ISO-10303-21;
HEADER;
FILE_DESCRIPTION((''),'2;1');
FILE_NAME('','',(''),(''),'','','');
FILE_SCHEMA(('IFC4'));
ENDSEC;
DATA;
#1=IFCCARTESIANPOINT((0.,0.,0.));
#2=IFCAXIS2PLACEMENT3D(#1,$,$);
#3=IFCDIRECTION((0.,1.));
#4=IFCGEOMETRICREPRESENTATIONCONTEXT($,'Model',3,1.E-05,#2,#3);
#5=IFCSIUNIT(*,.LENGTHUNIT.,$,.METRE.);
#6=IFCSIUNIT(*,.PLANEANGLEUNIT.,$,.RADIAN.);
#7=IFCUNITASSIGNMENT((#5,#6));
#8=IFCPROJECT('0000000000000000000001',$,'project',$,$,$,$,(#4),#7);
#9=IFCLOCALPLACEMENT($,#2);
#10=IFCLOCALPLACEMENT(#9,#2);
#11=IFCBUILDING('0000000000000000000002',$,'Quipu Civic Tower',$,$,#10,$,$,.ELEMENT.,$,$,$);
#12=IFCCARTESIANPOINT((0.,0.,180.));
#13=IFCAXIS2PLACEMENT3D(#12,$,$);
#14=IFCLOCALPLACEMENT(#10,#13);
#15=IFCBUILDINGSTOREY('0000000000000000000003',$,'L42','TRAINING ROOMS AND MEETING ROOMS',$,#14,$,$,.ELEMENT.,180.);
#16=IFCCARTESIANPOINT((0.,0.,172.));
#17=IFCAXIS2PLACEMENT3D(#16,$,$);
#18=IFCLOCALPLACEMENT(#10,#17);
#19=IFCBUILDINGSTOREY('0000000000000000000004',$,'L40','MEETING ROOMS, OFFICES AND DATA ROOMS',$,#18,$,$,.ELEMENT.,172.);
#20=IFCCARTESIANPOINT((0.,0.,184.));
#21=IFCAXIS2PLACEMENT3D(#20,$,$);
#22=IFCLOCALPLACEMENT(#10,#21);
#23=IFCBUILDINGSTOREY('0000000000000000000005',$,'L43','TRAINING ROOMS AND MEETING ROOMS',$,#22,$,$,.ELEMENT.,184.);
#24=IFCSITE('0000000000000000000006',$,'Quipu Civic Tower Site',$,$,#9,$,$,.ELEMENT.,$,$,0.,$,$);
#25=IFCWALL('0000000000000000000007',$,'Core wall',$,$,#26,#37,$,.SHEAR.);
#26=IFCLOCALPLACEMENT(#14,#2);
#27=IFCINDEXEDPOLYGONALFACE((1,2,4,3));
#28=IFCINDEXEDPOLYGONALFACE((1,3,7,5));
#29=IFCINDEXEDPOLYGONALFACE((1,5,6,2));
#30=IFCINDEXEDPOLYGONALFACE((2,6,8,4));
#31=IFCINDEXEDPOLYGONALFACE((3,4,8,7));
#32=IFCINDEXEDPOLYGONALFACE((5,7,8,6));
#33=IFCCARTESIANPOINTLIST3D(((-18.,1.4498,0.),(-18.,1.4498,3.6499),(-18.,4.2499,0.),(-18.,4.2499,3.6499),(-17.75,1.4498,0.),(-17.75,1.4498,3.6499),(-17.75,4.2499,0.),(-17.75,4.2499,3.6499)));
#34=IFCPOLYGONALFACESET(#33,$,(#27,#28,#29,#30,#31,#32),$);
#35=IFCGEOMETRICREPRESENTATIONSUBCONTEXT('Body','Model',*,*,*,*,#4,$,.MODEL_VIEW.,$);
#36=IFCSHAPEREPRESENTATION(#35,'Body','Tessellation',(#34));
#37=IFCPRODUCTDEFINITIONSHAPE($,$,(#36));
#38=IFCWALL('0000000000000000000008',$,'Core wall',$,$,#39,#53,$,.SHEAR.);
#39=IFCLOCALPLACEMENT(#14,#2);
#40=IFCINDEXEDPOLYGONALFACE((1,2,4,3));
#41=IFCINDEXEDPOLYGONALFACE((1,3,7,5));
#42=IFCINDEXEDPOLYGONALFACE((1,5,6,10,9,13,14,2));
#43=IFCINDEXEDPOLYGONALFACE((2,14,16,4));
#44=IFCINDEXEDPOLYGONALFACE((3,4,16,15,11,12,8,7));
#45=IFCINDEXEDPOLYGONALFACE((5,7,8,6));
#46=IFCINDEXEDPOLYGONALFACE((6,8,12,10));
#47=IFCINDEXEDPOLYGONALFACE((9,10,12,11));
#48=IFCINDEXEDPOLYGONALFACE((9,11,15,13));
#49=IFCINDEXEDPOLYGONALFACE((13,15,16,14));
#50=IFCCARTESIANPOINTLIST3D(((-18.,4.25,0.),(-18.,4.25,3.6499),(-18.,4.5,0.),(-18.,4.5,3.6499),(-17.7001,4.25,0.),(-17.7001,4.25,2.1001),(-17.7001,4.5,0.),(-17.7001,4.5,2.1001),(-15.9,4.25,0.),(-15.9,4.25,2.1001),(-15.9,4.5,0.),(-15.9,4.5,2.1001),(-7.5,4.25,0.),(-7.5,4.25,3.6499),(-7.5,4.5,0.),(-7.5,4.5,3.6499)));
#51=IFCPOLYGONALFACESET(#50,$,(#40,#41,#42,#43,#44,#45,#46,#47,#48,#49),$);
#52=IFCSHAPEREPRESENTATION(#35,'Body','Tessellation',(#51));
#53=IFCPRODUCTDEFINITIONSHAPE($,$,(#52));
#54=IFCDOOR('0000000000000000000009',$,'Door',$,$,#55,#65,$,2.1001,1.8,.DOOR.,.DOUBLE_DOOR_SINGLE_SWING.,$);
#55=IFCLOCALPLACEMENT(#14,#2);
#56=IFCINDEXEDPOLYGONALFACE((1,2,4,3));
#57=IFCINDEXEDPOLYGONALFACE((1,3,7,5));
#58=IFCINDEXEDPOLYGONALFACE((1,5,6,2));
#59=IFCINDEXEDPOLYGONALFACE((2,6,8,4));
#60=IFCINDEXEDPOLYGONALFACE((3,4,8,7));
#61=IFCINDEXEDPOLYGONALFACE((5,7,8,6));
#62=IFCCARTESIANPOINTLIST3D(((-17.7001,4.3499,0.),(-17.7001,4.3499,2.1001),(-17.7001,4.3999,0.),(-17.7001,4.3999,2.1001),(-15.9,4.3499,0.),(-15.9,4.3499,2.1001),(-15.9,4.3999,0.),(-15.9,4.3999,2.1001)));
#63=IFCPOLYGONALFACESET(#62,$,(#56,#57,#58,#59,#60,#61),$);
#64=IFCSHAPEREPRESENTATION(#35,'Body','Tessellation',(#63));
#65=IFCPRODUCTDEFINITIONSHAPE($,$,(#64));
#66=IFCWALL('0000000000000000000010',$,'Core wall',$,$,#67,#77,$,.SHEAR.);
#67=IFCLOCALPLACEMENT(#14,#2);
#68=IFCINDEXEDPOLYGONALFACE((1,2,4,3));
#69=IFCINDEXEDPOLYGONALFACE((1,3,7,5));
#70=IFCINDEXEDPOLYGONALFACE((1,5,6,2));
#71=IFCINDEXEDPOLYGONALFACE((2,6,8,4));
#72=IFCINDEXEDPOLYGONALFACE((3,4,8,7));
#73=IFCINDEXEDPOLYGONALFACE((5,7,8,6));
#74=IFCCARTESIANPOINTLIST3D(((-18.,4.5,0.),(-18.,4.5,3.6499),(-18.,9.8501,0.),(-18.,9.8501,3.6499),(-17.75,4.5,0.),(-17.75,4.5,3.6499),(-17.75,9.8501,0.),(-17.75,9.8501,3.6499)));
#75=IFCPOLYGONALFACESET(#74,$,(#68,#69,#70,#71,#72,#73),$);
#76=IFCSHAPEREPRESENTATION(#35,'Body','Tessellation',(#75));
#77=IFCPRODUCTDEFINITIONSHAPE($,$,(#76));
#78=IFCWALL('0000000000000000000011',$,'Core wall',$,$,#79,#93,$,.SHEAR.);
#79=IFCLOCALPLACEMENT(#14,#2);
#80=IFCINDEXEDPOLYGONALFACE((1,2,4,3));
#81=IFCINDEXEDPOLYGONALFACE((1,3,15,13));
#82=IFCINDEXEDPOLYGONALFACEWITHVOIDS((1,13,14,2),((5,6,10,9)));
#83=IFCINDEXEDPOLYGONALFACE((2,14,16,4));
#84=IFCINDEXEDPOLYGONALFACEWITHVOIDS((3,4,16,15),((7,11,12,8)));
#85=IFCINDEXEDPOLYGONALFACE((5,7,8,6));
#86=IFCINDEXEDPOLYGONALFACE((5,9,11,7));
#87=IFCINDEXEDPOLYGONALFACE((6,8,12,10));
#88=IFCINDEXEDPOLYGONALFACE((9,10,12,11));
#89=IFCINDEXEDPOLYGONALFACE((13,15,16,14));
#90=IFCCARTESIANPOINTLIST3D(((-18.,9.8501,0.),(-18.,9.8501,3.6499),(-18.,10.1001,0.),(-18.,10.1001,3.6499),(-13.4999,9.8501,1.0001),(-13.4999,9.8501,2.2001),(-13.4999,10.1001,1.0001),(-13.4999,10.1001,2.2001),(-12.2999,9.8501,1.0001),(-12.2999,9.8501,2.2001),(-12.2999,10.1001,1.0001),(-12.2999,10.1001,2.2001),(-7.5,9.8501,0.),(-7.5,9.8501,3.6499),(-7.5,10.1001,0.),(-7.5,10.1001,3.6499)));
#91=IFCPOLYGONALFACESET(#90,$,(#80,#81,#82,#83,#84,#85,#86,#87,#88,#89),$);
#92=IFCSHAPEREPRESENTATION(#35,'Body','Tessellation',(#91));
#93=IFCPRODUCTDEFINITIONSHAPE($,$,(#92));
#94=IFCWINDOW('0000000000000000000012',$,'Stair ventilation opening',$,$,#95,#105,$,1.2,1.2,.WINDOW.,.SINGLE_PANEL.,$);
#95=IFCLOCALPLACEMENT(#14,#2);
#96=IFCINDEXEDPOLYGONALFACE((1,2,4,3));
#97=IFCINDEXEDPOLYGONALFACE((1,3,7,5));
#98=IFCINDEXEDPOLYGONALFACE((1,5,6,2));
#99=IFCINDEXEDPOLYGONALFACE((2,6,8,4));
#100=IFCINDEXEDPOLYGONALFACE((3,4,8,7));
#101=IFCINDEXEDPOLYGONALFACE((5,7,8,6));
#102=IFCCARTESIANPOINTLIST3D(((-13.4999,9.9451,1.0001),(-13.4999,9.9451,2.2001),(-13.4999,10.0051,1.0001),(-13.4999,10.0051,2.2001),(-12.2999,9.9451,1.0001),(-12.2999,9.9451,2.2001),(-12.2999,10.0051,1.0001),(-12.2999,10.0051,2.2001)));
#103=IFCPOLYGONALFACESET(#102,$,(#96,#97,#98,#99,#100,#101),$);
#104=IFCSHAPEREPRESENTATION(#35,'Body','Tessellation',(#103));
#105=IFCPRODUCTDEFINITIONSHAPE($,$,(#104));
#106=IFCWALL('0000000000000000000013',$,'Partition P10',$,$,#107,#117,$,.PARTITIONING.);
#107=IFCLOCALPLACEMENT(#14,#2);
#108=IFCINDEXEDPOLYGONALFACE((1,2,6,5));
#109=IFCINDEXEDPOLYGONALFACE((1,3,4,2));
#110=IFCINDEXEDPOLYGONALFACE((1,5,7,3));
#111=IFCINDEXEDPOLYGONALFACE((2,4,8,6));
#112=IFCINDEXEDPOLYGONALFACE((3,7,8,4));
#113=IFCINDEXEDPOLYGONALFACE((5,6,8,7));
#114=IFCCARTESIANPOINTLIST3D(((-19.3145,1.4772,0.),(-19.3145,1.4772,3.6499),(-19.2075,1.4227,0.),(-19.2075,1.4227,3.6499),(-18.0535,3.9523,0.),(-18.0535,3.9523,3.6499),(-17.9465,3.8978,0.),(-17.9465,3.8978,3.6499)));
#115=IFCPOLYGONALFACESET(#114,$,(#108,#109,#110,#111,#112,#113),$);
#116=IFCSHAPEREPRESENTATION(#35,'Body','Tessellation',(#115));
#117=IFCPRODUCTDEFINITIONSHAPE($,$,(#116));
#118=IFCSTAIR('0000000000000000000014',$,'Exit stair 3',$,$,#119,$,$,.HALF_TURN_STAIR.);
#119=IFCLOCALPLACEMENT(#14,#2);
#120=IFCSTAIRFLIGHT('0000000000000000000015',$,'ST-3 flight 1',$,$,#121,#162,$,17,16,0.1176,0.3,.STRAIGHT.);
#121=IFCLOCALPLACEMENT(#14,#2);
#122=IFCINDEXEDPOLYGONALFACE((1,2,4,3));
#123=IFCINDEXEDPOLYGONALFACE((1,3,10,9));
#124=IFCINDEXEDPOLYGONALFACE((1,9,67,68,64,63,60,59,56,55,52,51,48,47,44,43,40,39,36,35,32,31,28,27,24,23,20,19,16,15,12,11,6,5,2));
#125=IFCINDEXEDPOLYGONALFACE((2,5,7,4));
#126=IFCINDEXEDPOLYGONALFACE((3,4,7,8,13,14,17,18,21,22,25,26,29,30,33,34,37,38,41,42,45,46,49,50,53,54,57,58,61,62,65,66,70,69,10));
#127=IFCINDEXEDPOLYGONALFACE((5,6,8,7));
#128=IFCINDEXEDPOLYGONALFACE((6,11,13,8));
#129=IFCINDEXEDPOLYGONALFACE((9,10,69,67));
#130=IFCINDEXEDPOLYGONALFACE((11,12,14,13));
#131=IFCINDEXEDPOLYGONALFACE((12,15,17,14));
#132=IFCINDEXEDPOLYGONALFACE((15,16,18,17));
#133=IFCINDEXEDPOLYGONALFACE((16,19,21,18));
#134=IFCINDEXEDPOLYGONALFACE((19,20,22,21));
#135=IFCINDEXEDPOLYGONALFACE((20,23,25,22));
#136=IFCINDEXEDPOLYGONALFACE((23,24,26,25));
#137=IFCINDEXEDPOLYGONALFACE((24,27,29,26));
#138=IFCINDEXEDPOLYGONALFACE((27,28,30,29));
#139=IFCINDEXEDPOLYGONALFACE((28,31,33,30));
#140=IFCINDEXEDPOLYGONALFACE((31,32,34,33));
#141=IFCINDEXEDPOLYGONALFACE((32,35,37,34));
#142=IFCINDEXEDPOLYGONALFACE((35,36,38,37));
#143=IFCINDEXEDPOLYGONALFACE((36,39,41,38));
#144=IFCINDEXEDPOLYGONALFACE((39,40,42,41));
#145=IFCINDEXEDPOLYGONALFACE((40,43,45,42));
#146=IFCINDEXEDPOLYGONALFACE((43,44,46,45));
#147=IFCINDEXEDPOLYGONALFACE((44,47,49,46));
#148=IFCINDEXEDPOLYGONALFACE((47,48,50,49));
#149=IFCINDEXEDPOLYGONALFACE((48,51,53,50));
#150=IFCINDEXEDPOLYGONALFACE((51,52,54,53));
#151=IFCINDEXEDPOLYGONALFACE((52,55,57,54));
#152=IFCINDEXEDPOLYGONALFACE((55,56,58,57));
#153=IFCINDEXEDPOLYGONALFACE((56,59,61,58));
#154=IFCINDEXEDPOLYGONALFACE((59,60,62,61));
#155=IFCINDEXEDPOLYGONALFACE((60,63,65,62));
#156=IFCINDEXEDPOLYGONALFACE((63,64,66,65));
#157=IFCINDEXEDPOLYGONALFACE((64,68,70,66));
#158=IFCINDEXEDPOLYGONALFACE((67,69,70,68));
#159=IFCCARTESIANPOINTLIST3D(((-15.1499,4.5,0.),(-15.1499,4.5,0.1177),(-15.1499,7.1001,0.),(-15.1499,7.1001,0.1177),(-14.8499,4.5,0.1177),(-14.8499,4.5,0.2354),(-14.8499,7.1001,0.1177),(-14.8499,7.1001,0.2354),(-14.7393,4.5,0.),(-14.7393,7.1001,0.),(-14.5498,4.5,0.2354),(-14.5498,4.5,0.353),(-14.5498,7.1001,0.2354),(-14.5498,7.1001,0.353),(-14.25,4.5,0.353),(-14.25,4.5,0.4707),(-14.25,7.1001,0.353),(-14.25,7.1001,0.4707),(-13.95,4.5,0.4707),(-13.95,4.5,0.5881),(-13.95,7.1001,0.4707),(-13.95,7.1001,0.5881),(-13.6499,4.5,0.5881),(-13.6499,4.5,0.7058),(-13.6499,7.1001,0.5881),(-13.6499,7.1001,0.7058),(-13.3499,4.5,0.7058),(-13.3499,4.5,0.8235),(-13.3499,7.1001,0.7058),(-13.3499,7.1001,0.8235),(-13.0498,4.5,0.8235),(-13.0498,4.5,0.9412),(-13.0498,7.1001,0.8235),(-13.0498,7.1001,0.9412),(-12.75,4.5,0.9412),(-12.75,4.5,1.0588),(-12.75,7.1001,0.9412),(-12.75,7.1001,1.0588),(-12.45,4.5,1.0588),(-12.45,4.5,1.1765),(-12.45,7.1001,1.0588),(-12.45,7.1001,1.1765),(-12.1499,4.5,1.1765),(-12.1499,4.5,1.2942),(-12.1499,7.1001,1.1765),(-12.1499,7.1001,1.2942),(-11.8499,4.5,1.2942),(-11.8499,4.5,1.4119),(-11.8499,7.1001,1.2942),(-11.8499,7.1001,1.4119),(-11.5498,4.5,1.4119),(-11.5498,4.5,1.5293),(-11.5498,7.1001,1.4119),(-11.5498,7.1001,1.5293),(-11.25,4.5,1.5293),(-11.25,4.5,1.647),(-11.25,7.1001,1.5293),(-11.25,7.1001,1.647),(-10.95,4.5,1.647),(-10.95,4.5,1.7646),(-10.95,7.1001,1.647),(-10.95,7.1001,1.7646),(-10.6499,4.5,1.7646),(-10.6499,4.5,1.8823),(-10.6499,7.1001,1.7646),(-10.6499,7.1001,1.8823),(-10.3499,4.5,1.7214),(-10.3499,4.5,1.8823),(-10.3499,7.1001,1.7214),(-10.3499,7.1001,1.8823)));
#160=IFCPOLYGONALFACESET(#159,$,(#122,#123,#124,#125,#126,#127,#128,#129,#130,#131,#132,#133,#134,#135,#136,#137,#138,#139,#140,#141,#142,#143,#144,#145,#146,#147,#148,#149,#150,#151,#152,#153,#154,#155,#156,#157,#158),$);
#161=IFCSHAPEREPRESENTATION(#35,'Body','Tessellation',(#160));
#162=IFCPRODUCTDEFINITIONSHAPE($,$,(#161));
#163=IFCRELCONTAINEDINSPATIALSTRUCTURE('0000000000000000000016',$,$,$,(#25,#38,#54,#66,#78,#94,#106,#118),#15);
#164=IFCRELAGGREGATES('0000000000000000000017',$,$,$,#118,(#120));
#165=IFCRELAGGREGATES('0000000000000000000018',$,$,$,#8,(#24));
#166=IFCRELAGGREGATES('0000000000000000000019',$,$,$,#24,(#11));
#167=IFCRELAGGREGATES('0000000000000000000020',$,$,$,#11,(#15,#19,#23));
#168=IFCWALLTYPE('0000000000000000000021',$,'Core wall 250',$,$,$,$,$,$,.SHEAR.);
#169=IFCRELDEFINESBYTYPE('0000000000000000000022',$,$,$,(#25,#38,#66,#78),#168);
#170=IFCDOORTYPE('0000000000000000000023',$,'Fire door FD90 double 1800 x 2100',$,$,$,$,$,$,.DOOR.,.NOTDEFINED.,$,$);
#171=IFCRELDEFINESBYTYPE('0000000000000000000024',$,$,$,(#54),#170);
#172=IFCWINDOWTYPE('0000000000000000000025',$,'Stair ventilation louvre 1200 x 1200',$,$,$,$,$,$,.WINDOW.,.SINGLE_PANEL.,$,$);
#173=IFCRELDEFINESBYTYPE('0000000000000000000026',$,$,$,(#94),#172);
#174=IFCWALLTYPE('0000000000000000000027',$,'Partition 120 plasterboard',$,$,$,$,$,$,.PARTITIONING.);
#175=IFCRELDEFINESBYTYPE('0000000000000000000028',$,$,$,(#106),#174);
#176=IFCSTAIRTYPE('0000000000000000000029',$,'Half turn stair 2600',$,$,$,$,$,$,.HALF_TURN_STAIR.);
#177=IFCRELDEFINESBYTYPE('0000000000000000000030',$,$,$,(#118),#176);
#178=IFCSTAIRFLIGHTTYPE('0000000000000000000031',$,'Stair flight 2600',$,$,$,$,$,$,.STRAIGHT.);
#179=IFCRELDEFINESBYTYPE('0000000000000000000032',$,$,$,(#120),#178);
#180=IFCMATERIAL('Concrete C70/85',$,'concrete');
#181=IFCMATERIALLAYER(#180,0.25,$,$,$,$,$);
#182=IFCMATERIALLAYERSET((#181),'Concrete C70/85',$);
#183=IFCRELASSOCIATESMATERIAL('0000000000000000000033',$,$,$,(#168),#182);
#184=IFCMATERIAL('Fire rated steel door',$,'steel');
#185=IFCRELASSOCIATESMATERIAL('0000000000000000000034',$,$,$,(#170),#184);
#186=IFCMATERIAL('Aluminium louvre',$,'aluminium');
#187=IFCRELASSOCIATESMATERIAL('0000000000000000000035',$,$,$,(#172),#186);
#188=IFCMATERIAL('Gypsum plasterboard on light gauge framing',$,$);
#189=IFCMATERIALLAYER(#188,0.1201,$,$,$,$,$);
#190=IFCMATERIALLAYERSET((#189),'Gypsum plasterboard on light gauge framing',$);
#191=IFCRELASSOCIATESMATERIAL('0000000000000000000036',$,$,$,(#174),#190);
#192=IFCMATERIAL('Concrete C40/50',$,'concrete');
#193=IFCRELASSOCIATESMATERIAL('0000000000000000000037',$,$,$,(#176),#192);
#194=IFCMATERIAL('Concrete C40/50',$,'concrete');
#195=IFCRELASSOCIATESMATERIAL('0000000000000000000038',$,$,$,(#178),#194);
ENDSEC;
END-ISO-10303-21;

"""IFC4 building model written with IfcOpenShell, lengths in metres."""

from ifc_helpers import new_model, si_unit, direction, frame, frame_2d, origin, place, context, subcontext, project, spatial, polyline, rectangle, outline, extrude, material, layer, layer_set, type_object, element, fill, aggregate, save


model = new_model("IFC4")

# Units and contexts
model_context = context("Model", 3, precision=1e-05, world=origin(), true_north=direction((0.0, 1.0)))
body_context = subcontext(model_context, "Body", "Model", "MODEL_VIEW")
ifc_project = project(units=[si_unit("LENGTHUNIT", "METRE"), si_unit("PLANEANGLEUNIT", "RADIAN")], contexts=[model_context])

# Site, building, storey
site_placement = place(None, origin())
site = spatial("IfcSite", under=ifc_project, at=site_placement, Name="Quipu Civic Tower Site", CompositionType="ELEMENT", RefElevation=0.0)
building_placement = place(site_placement, origin())
building = spatial("IfcBuilding", under=site, at=building_placement, Name="Quipu Civic Tower", CompositionType="ELEMENT")
storey_1_placement = place(building_placement, frame((0.0, 0.0, 180.0)))
storey_1 = spatial("IfcBuildingStorey", under=building, at=storey_1_placement, Name="L42", Description="TRAINING ROOMS AND MEETING ROOMS", CompositionType="ELEMENT", Elevation=180.0)

# Shared definitions
storey_2_placement = place(building_placement, frame((0.0, 0.0, 172.0)))
storey_2 = spatial("IfcBuildingStorey", under=building, at=storey_2_placement, Name="L40", Description="MEETING ROOMS, OFFICES AND DATA ROOMS", CompositionType="ELEMENT", Elevation=172.0)

# Shared definitions
storey_3_placement = place(building_placement, frame((0.0, 0.0, 184.0)))
storey_3 = spatial("IfcBuildingStorey", under=building, at=storey_3_placement, Name="L43", Description="TRAINING ROOMS AND MEETING ROOMS", CompositionType="ELEMENT", Elevation=184.0)

# Wall
ifc_material_1 = material(Name="Concrete C70/85", Category="concrete")
ifc_layer_1 = layer(ifc_material_1, 0.25)
ifc_layer_set_1 = layer_set([ifc_layer_1], Name="Concrete C70/85")
wall_type_1 = type_object("IfcWallType", Name="Core wall 250", PredefinedType="SHEAR", material=ifc_layer_set_1)
wall_1_placement = place(storey_1_placement, frame((-17.875, 1.45, 0.0), z_axis=(0.0, 0.0, 1.0), x_axis=(0.0, 1.0, 0.0)))
element("IfcWall", 1, at=wall_1_placement, inside=storey_1, type_object=wall_type_1, Name="Core wall", PredefinedType="SHEAR", context=body_context, shape_type="SweptSolid", body=[
    extrude(rectangle(XDim=2.8, YDim=0.25, at=frame_2d((1.3999, 0.0))), origin(), (0.0, 0.0, 1.0), 3.6499),
])

# Wall, opening, door
wall_2_placement = place(storey_1_placement, frame((-18.0, 4.375, 0.0), z_axis=(0.0, 0.0, 1.0), x_axis=(1.0, 0.0, 0.0)))
wall_2 = element("IfcWall", 2, at=wall_2_placement, inside=storey_1, type_object=wall_type_1, Name="Core wall", PredefinedType="SHEAR", context=body_context, shape_type="SweptSolid", body=[
    extrude(rectangle(XDim=10.5, YDim=0.25, at=frame_2d((5.25, 0.0))), origin(), (0.0, 0.0, 1.0), 3.6499),
])
opening_1_placement = place(wall_2_placement, frame((0.3, 0.0, 0.0)))
opening_1 = element("IfcOpeningElement", 3, at=opening_1_placement, cuts=wall_2, PredefinedType="OPENING", context=body_context, shape_type="SweptSolid", body=[
    extrude(rectangle(XDim=1.8, YDim=2.1001, at=frame_2d((0.8999, 1.05))), frame((0.0, 0.135, 0.0), z_axis=(0.0, -1.0, 0.0), x_axis=(1.0, 0.0, 0.0)), (0.0, 0.0, 1.0), 0.27),
])
ifc_material_2 = material(Name="Fire rated steel door", Category="steel")
door_type = type_object("IfcDoorType", Name="Fire door FD90 double 1800 x 2100", OperationType="NOTDEFINED", PredefinedType="DOOR", material=ifc_material_2)
door_placement = place(opening_1_placement, origin())
door = element("IfcDoor", 4, at=door_placement, inside=storey_1, type_object=door_type, Name="Door", OperationType="DOUBLE_DOOR_SINGLE_SWING", OverallHeight=2.1001, OverallWidth=1.8, PredefinedType="DOOR", context=body_context, shape_type="SweptSolid", body=[
    extrude(rectangle(XDim=1.8, YDim=2.1001, at=frame_2d((0.8999, 1.05))), frame((0.0, 0.0249, 0.0), z_axis=(0.0, -1.0, 0.0), x_axis=(1.0, 0.0, 0.0)), (0.0, 0.0, 1.0), 0.05),
])
fill(opening_1, door)

# Wall
wall_3_placement = place(storey_1_placement, frame((-17.875, 4.5, 0.0), z_axis=(0.0, 0.0, 1.0), x_axis=(0.0, 1.0, 0.0)))
element("IfcWall", 5, at=wall_3_placement, inside=storey_1, type_object=wall_type_1, Name="Core wall", PredefinedType="SHEAR", context=body_context, shape_type="SweptSolid", body=[
    extrude(rectangle(XDim=5.3501, YDim=0.25, at=frame_2d((2.675, 0.0))), origin(), (0.0, 0.0, 1.0), 3.6499),
])

# Wall, opening, window
wall_4_placement = place(storey_1_placement, frame((-18.0, 9.9751, 0.0), z_axis=(0.0, 0.0, 1.0), x_axis=(1.0, 0.0, 0.0)))
wall_4 = element("IfcWall", 6, at=wall_4_placement, inside=storey_1, type_object=wall_type_1, Name="Core wall", PredefinedType="SHEAR", context=body_context, shape_type="SweptSolid", body=[
    extrude(rectangle(XDim=10.5, YDim=0.25, at=frame_2d((5.25, 0.0))), origin(), (0.0, 0.0, 1.0), 3.6499),
])
opening_2_placement = place(wall_4_placement, frame((4.5, 0.0, 1.0)))
opening_2 = element("IfcOpeningElement", 7, at=opening_2_placement, cuts=wall_4, PredefinedType="OPENING", context=body_context, shape_type="SweptSolid", body=[
    extrude(rectangle(XDim=1.2, YDim=1.2, at=frame_2d((0.6001, 0.6001))), frame((0.0, 0.135, 0.0), z_axis=(0.0, -1.0, 0.0), x_axis=(1.0, 0.0, 0.0)), (0.0, 0.0, 1.0), 0.27),
])
ifc_material_3 = material(Name="Aluminium louvre", Category="aluminium")
window_type = type_object("IfcWindowType", Name="Stair ventilation louvre 1200 x 1200", PartitioningType="SINGLE_PANEL", PredefinedType="WINDOW", material=ifc_material_3)
window_placement = place(opening_2_placement, origin())
window = element("IfcWindow", 8, at=window_placement, inside=storey_1, type_object=window_type, Name="Stair ventilation opening", OverallHeight=1.2, OverallWidth=1.2, PartitioningType="SINGLE_PANEL", PredefinedType="WINDOW", context=body_context, shape_type="SweptSolid", body=[
    extrude(rectangle(XDim=1.2, YDim=1.2, at=frame_2d((0.6001, 0.6001))), frame((0.0, 0.03, 0.0), z_axis=(0.0, -1.0, 0.0), x_axis=(1.0, 0.0, 0.0)), (0.0, 0.0, 1.0), 0.0601),
])
fill(opening_2, window)

# Wall
ifc_material_4 = material(Name="Gypsum plasterboard on light gauge framing")
ifc_layer_2 = layer(ifc_material_4, 0.1201)
ifc_layer_set_2 = layer_set([ifc_layer_2], Name="Gypsum plasterboard on light gauge framing")
wall_type_2 = type_object("IfcWallType", Name="Partition 120 plasterboard", PredefinedType="PARTITIONING", material=ifc_layer_set_2)
wall_5_placement = place(storey_1_placement, frame((-19.261, 1.45, 0.0), z_axis=(0.0, 0.0, 1.0), x_axis=(0.453951, 0.891027, 0.0)))
element("IfcWall", 9, at=wall_5_placement, inside=storey_1, type_object=wall_type_2, Name="Partition P10", PredefinedType="PARTITIONING", context=body_context, shape_type="SweptSolid", body=[
    extrude(rectangle(XDim=2.7778, YDim=0.1201, at=frame_2d((1.3889, 0.0))), origin(), (0.0, 0.0, 1.0), 3.6499),
])

# Stair, stair flight
ifc_material_5 = material(Name="Concrete C40/50", Category="concrete")
stair_type = type_object("IfcStairType", Name="Half turn stair 2600", PredefinedType="HALF_TURN_STAIR", material=ifc_material_5)
stair_placement = place(storey_1_placement, origin())
stair = element("IfcStair", 10, at=stair_placement, inside=storey_1, type_object=stair_type, Name="Exit stair 3", PredefinedType="HALF_TURN_STAIR")
ifc_material_6 = material(Name="Concrete C40/50", Category="concrete")
stair_flight_type = type_object("IfcStairFlightType", Name="Stair flight 2600", PredefinedType="STRAIGHT", material=ifc_material_6)
stair_flight_placement = place(storey_1_placement, frame((-15.1499, 5.8, 0.0), z_axis=(0.0, 0.0, 1.0), x_axis=(1.0, 0.0, 0.0)))
stair_flight = element("IfcStairFlight", 11, at=stair_flight_placement, type_object=stair_flight_type, Name="ST-3 flight 1", NumberOfRisers=17, NumberOfTreads=16, PredefinedType="STRAIGHT", RiserHeight=0.1176, TreadLength=0.3, context=body_context, shape_type="SweptSolid", body=[
    extrude(outline(polyline([(0.0, 0.0), (0.0, 0.1177), (0.3, 0.1177), (0.3, 0.2354), (0.6001, 0.2354), (0.6001, 0.353), (0.8999, 0.353), (0.8999, 0.4707), (1.2, 0.4707), (1.2, 0.5881), (1.5, 0.5881), (1.5, 0.7058), (1.8, 0.7058), (1.8, 0.8235), (2.1001, 0.8235), (2.1001, 0.9412), (2.3999, 0.9412), (2.3999, 1.0588), (2.7, 1.0588), (2.7, 1.1765), (3.0, 1.1765), (3.0, 1.2942), (3.3, 1.2942), (3.3, 1.4119), (3.6001, 1.4119), (3.6001, 1.5293), (3.8999, 1.5293), (3.8999, 1.647), (4.2, 1.647), (4.2, 1.7646), (4.5, 1.7646), (4.5, 1.8823), (4.8, 1.8823), (4.8, 2.0), (4.8, 1.7214), (0.4106, 0.0), (0.0, 0.0)])), frame((0.0, 1.3, 0.0), z_axis=(0.0, -1.0, 0.0), x_axis=(1.0, 0.0, 0.0)), (0.0, 0.0, 1.0), 2.6001),
])
aggregate(stair, [stair_flight])

save(model, "model.ifc")
